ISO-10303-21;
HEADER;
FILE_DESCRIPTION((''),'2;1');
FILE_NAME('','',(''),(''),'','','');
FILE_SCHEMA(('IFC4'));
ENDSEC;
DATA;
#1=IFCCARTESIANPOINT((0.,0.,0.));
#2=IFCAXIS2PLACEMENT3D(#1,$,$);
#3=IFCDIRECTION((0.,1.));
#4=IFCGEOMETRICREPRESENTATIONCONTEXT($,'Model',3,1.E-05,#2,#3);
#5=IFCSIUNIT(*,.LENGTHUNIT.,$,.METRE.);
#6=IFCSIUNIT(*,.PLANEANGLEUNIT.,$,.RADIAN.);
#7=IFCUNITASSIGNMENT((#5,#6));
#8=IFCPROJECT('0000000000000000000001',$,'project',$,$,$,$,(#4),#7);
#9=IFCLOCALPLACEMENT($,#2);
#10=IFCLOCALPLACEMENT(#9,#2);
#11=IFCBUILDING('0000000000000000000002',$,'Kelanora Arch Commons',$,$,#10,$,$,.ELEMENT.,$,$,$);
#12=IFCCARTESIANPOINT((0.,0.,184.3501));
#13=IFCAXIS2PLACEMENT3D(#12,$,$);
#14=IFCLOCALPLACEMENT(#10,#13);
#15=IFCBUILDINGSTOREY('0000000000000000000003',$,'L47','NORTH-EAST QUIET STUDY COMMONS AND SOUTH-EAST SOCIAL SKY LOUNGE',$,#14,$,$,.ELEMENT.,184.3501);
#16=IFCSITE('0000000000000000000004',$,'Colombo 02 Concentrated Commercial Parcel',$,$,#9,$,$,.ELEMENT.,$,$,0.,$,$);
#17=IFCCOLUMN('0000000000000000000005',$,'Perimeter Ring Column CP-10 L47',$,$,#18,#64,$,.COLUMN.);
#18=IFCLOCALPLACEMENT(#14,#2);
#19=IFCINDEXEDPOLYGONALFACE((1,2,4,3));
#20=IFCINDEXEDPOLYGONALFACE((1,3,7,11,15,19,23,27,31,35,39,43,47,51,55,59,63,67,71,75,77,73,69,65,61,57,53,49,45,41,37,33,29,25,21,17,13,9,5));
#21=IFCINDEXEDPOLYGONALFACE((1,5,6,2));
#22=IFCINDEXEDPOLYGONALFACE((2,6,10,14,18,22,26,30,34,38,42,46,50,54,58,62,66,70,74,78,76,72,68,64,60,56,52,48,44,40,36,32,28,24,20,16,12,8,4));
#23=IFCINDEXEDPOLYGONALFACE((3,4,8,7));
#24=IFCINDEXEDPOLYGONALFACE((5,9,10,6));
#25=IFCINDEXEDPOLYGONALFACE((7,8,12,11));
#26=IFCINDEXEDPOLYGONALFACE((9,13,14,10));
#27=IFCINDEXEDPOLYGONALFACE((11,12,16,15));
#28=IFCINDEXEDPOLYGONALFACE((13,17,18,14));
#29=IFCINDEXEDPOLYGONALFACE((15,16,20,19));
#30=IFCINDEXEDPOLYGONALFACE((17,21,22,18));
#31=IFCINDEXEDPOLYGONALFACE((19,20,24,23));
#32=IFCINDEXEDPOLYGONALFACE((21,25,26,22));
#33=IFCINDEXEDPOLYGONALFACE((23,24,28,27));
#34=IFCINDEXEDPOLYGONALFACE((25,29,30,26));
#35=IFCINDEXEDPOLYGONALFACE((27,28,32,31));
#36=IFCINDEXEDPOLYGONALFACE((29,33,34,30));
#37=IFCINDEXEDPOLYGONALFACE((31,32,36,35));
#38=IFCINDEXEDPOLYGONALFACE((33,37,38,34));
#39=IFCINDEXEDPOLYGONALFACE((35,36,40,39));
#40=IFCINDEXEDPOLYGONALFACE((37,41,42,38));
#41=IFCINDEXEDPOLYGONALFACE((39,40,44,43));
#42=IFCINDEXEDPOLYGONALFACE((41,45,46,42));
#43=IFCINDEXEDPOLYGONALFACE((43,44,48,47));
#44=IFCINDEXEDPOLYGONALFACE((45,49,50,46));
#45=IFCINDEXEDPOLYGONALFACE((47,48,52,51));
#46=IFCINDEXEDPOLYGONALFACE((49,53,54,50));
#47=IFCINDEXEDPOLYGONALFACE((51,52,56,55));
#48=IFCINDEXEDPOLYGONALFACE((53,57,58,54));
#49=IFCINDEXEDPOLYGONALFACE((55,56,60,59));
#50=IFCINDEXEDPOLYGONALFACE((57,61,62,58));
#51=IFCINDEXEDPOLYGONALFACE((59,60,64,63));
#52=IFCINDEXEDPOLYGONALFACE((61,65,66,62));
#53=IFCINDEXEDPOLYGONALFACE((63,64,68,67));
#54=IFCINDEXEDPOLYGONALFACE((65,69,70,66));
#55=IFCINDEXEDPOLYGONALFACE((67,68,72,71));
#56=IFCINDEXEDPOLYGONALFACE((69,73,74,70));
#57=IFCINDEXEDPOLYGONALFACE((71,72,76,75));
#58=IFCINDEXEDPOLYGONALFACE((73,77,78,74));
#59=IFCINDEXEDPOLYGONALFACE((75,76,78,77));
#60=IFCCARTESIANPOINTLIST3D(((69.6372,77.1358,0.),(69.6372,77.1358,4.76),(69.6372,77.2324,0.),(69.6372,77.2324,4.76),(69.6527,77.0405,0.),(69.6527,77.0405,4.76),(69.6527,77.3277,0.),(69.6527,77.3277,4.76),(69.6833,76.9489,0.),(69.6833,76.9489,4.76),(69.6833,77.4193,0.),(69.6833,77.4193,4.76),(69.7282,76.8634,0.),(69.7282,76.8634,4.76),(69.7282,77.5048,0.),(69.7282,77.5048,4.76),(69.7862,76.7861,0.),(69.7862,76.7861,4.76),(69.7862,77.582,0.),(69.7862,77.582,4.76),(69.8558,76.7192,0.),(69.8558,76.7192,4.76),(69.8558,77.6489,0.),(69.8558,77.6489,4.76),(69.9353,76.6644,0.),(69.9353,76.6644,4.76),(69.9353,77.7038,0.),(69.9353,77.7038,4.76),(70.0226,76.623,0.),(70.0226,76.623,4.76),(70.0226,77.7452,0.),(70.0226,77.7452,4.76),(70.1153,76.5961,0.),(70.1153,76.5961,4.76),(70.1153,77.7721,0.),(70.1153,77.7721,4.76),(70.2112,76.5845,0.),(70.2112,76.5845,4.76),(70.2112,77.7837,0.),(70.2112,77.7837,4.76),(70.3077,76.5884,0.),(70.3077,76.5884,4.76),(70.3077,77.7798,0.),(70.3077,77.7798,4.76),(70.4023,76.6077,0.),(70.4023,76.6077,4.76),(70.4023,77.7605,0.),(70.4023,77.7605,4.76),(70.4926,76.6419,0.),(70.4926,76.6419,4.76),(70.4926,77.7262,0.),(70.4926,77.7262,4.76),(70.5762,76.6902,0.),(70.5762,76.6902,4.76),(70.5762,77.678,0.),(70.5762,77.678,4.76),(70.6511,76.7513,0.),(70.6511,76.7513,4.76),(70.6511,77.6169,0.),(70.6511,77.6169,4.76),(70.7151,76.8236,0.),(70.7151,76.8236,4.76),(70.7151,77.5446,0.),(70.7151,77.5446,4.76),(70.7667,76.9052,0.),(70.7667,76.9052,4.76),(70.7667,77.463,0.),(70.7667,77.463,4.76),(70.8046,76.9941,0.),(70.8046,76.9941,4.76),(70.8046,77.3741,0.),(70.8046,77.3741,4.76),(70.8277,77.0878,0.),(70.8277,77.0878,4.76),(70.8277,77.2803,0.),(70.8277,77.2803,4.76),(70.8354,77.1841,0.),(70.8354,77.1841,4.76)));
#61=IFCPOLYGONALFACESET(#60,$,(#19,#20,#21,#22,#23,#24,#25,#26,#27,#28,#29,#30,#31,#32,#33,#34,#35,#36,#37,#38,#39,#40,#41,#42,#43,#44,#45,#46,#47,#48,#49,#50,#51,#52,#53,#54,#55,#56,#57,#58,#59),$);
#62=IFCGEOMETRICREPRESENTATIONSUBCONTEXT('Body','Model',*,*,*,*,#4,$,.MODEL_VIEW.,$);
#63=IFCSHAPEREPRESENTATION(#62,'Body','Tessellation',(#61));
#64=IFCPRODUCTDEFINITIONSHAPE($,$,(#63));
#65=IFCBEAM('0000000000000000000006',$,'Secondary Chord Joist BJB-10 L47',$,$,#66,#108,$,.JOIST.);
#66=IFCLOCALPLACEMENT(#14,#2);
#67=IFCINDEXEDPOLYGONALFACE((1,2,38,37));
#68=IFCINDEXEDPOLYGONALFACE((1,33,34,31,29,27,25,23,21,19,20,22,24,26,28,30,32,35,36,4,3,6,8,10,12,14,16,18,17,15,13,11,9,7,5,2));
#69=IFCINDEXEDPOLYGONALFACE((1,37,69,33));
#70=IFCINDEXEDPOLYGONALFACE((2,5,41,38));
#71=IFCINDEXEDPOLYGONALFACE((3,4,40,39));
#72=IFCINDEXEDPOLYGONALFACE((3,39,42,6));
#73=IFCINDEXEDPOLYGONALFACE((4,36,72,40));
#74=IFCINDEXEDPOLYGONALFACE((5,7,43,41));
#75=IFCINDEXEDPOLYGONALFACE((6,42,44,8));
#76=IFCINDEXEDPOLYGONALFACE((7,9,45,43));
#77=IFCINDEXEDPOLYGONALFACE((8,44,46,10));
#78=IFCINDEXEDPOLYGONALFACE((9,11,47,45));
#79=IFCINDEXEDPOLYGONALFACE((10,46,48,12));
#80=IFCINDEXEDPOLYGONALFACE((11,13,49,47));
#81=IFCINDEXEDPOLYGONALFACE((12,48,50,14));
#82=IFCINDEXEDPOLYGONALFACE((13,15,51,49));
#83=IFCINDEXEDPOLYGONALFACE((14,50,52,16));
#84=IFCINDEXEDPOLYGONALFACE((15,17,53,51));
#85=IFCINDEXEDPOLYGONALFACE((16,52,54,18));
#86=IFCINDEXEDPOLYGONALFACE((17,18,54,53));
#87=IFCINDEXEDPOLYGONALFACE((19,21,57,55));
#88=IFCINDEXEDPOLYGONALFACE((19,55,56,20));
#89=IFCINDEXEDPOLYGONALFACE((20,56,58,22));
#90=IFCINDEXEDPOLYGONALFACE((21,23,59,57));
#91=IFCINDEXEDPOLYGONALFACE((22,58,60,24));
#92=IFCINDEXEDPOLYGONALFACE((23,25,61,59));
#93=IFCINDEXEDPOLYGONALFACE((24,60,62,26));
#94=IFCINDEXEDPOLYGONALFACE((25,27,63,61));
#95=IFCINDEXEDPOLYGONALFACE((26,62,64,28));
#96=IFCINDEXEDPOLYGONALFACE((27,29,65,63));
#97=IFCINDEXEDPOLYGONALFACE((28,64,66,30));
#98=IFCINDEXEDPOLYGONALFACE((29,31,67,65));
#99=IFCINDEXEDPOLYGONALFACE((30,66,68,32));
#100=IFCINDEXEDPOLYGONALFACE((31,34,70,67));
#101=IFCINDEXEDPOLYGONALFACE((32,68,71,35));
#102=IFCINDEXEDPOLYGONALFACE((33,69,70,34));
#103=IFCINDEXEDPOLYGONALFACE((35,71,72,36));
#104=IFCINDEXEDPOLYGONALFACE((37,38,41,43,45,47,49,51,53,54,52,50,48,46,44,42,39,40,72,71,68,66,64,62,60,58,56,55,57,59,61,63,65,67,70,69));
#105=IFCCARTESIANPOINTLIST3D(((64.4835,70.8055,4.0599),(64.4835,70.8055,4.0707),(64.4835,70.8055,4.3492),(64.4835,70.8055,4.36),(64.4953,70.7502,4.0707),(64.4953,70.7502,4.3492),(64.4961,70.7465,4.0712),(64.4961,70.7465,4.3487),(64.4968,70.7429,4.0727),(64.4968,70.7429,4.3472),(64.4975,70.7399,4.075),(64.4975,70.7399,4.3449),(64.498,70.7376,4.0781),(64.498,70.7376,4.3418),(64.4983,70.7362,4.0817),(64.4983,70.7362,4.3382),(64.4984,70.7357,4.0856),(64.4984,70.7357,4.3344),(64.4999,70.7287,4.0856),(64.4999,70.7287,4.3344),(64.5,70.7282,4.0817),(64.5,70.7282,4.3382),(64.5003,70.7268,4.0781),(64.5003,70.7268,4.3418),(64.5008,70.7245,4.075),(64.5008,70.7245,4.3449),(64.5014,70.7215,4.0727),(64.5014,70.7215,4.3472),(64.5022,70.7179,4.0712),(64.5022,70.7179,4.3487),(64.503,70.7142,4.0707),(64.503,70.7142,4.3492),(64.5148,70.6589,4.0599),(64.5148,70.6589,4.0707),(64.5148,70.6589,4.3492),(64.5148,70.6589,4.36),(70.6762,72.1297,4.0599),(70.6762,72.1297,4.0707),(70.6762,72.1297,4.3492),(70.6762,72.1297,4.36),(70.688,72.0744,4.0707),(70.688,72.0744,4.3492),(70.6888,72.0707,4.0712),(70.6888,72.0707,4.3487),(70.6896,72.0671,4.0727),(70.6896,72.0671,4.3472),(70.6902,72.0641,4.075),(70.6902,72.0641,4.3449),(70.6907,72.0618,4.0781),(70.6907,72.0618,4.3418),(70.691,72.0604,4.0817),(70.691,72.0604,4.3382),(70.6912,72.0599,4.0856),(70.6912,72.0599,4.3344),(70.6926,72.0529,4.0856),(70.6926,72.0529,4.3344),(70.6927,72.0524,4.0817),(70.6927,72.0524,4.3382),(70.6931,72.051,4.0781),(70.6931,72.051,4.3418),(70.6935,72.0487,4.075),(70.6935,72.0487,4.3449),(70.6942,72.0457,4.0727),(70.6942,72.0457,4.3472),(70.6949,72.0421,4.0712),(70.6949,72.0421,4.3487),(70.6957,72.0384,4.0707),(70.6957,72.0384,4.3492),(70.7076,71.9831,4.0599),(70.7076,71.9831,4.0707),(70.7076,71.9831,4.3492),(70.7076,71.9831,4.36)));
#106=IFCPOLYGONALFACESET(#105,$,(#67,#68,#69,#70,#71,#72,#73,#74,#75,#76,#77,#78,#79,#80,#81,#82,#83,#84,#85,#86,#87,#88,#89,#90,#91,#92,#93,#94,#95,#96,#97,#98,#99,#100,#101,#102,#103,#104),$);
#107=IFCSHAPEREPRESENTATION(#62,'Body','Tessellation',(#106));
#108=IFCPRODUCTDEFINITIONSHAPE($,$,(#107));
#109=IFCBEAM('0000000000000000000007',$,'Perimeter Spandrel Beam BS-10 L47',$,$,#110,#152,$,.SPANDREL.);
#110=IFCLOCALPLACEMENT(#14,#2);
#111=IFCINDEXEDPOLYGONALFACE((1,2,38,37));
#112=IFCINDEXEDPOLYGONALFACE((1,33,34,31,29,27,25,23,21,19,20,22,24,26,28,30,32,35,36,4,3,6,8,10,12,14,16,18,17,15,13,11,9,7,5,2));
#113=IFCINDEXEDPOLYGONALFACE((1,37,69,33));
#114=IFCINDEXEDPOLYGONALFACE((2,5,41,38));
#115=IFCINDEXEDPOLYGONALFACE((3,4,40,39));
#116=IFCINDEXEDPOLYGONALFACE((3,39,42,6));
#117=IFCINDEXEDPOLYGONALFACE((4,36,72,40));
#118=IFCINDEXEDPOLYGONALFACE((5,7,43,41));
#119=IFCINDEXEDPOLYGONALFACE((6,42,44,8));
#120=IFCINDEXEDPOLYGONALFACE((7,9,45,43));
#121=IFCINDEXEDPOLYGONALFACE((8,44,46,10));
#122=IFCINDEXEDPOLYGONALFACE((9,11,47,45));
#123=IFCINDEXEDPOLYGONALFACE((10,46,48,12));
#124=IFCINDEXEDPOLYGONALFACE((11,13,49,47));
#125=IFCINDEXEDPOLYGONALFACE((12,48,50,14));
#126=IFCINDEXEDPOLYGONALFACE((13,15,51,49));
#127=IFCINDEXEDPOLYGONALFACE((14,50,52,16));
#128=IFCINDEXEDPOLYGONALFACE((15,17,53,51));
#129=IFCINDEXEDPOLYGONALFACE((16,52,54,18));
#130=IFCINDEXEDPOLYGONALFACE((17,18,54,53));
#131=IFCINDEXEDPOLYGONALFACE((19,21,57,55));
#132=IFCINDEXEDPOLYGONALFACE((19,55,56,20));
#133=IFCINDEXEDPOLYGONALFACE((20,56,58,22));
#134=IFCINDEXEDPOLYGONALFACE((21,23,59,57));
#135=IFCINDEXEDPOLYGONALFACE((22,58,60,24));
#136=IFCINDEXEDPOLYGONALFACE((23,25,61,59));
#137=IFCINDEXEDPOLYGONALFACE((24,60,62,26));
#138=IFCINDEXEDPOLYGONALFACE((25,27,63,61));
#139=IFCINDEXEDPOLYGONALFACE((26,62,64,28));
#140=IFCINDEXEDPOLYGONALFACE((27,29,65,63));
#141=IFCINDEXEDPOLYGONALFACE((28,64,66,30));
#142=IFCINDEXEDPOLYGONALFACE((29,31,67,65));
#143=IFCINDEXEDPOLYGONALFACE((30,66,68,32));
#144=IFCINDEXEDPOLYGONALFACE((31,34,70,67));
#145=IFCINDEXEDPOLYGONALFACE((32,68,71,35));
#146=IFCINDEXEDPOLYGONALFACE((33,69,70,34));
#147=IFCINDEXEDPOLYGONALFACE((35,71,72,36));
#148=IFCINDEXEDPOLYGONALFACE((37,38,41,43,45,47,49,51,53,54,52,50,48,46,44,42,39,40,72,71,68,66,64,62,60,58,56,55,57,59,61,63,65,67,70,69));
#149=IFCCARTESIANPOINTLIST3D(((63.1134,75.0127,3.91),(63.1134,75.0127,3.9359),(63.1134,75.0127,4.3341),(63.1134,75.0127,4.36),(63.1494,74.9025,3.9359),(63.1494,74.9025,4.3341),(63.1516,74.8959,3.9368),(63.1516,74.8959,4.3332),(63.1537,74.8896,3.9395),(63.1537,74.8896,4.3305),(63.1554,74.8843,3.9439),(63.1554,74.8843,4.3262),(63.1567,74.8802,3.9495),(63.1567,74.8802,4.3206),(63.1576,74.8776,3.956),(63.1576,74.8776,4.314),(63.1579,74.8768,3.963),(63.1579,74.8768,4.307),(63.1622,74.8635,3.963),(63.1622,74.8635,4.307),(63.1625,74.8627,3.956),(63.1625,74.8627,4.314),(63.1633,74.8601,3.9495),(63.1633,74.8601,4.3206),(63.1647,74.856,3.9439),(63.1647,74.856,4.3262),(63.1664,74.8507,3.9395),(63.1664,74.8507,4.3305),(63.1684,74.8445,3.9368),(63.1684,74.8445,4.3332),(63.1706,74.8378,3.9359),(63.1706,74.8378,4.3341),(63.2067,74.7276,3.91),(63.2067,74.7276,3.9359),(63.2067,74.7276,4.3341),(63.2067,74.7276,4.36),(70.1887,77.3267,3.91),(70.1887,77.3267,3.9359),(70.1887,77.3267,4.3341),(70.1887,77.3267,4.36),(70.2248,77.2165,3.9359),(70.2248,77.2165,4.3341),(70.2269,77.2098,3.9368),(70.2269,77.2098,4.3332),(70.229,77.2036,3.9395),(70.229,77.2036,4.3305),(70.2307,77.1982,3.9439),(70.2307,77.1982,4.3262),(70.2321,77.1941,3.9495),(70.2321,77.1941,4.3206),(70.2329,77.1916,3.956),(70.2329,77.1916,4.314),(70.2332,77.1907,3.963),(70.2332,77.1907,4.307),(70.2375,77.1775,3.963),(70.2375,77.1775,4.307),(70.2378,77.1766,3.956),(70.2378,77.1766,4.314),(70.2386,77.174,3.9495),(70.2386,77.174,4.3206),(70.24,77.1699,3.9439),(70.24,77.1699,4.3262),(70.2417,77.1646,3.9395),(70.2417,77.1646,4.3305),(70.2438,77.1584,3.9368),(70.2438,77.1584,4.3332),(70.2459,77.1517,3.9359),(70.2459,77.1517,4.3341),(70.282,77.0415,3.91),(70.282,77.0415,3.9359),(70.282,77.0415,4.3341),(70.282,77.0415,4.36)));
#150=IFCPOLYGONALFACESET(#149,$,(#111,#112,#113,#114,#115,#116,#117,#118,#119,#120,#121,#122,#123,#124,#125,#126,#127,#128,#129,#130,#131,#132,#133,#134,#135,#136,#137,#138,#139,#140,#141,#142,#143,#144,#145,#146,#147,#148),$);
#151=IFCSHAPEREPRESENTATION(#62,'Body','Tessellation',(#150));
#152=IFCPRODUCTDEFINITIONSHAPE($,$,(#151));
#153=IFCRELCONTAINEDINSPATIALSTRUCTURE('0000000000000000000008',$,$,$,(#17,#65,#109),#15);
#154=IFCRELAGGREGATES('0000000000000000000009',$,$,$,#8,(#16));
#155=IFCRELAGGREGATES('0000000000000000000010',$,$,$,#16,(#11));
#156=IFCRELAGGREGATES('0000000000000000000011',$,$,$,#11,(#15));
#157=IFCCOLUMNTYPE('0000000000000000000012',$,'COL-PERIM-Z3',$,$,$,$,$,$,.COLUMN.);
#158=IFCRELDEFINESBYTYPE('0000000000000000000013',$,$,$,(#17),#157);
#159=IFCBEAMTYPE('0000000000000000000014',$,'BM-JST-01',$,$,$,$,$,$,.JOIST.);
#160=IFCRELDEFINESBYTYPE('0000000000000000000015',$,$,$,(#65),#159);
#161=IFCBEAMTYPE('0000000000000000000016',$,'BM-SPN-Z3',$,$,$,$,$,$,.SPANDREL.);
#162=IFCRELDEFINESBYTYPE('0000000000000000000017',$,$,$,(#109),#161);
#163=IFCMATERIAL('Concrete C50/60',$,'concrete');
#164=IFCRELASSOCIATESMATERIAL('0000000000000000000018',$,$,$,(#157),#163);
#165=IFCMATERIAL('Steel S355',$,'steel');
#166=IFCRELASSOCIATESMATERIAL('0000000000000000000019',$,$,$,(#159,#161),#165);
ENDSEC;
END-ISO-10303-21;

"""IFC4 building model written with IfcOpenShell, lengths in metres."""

from ifc_helpers import new_model, si_unit, direction, frame, origin, origin_2d, place, context, subcontext, project, spatial, circle, i_section, extrude, material, material_profile, profile_set, type_object, element, save


model = new_model("IFC4")

# Units and contexts
model_context = context("Model", 3, precision=1e-05, world=origin(), true_north=direction((0.0, 1.0)))
body_context = subcontext(model_context, "Body", "Model", "MODEL_VIEW")
ifc_project = project(units=[si_unit("LENGTHUNIT", "METRE"), si_unit("PLANEANGLEUNIT", "RADIAN")], contexts=[model_context])

# Site, building, storey
site_placement = place(None, origin())
site = spatial("IfcSite", under=ifc_project, at=site_placement, Name="Colombo 02 Concentrated Commercial Parcel", CompositionType="ELEMENT", RefElevation=0.0)
building_placement = place(site_placement, origin())
building = spatial("IfcBuilding", under=site, at=building_placement, Name="Kelanora Arch Commons", CompositionType="ELEMENT")
storey_placement = place(building_placement, frame((0.0, 0.0, 184.3501)))
storey = spatial("IfcBuildingStorey", under=building, at=storey_placement, Name="L47", Description="NORTH-EAST QUIET STUDY COMMONS AND SOUTH-EAST SOCIAL SKY LOUNGE", CompositionType="ELEMENT", Elevation=184.3501)

# Column
ifc_material_1 = material(Name="Concrete C50/60", Category="concrete")
ifc_material_profile_1 = material_profile(ifc_material_1, circle(Radius=0.6001, at=origin_2d()), Name="RCC1200")
ifc_profile_set_1 = profile_set([ifc_material_profile_1], Name="Concrete C50/60")
column_type = type_object("IfcColumnType", Name="COL-PERIM-Z3", PredefinedType="COLUMN", material=ifc_profile_set_1)
column_placement = place(storey_placement, frame((70.2354, 77.1841, 0.0), z_axis=(0.0, 0.0, 1.0), x_axis=(1.0, 0.0, 0.0)))
element("IfcColumn", 1, at=column_placement, inside=storey, type_object=column_type, Name="Perimeter Ring Column CP-10 L47", PredefinedType="COLUMN", context=body_context, shape_type="SweptSolid", body=[
    extrude(circle(Radius=0.6001, at=origin_2d()), origin(), (0.0, 0.0, 1.0), 4.76),
])

# Beams
ifc_material_2 = material(Name="Steel S355", Category="steel")
ifc_material_profile_2 = material_profile(ifc_material_2, i_section(OverallWidth=0.1499, OverallDepth=0.3, WebThickness=0.0071, FlangeThickness=0.0107, FilletRadius=0.0149, at=origin_2d()), Name="IPE300")
ifc_profile_set_2 = profile_set([ifc_material_profile_2], Name="Steel S355")
beam_type_1 = type_object("IfcBeamType", Name="BM-JST-01", PredefinedType="JOIST", material=ifc_profile_set_2)
beam_1_placement = place(storey_placement, frame((70.6919, 72.0564, 4.21), z_axis=(-0.977894, -0.209103, 0.0), x_axis=(0.209103, -0.977894, 0.0)))
element("IfcBeam", 2, at=beam_1_placement, inside=storey, type_object=beam_type_1, Name="Secondary Chord Joist BJB-10 L47", PredefinedType="JOIST", context=body_context, shape_type="SweptSolid", body=[
    extrude(i_section(OverallWidth=0.1499, OverallDepth=0.3, WebThickness=0.0071, FlangeThickness=0.0107, FilletRadius=0.0149, at=origin_2d()), origin(), (0.0, 0.0, 1.0), 6.3328),
])
ifc_material_profile_3 = material_profile(ifc_material_2, i_section(OverallWidth=0.3, OverallDepth=0.45, WebThickness=0.0139, FlangeThickness=0.0259, FilletRadius=0.0271, at=origin_2d()), Name="HEB450")
ifc_profile_set_3 = profile_set([ifc_material_profile_3], Name="Steel S355")
beam_type_2 = type_object("IfcBeamType", Name="BM-SPN-Z3", PredefinedType="SPANDREL", material=ifc_profile_set_3)
beam_2_placement = place(storey_placement, frame((70.2354, 77.1841, 4.135), z_axis=(-0.950462, -0.310841, 0.0), x_axis=(0.310841, -0.950462, 0.0)))
element("IfcBeam", 3, at=beam_2_placement, inside=storey, type_object=beam_type_2, Name="Perimeter Spandrel Beam BS-10 L47", PredefinedType="SPANDREL", context=body_context, shape_type="SweptSolid", body=[
    extrude(i_section(OverallWidth=0.3, OverallDepth=0.45, WebThickness=0.0139, FlangeThickness=0.0259, FilletRadius=0.0271, at=origin_2d()), origin(), (0.0, 0.0, 1.0), 7.4441),
])

save(model, "model.ifc")
